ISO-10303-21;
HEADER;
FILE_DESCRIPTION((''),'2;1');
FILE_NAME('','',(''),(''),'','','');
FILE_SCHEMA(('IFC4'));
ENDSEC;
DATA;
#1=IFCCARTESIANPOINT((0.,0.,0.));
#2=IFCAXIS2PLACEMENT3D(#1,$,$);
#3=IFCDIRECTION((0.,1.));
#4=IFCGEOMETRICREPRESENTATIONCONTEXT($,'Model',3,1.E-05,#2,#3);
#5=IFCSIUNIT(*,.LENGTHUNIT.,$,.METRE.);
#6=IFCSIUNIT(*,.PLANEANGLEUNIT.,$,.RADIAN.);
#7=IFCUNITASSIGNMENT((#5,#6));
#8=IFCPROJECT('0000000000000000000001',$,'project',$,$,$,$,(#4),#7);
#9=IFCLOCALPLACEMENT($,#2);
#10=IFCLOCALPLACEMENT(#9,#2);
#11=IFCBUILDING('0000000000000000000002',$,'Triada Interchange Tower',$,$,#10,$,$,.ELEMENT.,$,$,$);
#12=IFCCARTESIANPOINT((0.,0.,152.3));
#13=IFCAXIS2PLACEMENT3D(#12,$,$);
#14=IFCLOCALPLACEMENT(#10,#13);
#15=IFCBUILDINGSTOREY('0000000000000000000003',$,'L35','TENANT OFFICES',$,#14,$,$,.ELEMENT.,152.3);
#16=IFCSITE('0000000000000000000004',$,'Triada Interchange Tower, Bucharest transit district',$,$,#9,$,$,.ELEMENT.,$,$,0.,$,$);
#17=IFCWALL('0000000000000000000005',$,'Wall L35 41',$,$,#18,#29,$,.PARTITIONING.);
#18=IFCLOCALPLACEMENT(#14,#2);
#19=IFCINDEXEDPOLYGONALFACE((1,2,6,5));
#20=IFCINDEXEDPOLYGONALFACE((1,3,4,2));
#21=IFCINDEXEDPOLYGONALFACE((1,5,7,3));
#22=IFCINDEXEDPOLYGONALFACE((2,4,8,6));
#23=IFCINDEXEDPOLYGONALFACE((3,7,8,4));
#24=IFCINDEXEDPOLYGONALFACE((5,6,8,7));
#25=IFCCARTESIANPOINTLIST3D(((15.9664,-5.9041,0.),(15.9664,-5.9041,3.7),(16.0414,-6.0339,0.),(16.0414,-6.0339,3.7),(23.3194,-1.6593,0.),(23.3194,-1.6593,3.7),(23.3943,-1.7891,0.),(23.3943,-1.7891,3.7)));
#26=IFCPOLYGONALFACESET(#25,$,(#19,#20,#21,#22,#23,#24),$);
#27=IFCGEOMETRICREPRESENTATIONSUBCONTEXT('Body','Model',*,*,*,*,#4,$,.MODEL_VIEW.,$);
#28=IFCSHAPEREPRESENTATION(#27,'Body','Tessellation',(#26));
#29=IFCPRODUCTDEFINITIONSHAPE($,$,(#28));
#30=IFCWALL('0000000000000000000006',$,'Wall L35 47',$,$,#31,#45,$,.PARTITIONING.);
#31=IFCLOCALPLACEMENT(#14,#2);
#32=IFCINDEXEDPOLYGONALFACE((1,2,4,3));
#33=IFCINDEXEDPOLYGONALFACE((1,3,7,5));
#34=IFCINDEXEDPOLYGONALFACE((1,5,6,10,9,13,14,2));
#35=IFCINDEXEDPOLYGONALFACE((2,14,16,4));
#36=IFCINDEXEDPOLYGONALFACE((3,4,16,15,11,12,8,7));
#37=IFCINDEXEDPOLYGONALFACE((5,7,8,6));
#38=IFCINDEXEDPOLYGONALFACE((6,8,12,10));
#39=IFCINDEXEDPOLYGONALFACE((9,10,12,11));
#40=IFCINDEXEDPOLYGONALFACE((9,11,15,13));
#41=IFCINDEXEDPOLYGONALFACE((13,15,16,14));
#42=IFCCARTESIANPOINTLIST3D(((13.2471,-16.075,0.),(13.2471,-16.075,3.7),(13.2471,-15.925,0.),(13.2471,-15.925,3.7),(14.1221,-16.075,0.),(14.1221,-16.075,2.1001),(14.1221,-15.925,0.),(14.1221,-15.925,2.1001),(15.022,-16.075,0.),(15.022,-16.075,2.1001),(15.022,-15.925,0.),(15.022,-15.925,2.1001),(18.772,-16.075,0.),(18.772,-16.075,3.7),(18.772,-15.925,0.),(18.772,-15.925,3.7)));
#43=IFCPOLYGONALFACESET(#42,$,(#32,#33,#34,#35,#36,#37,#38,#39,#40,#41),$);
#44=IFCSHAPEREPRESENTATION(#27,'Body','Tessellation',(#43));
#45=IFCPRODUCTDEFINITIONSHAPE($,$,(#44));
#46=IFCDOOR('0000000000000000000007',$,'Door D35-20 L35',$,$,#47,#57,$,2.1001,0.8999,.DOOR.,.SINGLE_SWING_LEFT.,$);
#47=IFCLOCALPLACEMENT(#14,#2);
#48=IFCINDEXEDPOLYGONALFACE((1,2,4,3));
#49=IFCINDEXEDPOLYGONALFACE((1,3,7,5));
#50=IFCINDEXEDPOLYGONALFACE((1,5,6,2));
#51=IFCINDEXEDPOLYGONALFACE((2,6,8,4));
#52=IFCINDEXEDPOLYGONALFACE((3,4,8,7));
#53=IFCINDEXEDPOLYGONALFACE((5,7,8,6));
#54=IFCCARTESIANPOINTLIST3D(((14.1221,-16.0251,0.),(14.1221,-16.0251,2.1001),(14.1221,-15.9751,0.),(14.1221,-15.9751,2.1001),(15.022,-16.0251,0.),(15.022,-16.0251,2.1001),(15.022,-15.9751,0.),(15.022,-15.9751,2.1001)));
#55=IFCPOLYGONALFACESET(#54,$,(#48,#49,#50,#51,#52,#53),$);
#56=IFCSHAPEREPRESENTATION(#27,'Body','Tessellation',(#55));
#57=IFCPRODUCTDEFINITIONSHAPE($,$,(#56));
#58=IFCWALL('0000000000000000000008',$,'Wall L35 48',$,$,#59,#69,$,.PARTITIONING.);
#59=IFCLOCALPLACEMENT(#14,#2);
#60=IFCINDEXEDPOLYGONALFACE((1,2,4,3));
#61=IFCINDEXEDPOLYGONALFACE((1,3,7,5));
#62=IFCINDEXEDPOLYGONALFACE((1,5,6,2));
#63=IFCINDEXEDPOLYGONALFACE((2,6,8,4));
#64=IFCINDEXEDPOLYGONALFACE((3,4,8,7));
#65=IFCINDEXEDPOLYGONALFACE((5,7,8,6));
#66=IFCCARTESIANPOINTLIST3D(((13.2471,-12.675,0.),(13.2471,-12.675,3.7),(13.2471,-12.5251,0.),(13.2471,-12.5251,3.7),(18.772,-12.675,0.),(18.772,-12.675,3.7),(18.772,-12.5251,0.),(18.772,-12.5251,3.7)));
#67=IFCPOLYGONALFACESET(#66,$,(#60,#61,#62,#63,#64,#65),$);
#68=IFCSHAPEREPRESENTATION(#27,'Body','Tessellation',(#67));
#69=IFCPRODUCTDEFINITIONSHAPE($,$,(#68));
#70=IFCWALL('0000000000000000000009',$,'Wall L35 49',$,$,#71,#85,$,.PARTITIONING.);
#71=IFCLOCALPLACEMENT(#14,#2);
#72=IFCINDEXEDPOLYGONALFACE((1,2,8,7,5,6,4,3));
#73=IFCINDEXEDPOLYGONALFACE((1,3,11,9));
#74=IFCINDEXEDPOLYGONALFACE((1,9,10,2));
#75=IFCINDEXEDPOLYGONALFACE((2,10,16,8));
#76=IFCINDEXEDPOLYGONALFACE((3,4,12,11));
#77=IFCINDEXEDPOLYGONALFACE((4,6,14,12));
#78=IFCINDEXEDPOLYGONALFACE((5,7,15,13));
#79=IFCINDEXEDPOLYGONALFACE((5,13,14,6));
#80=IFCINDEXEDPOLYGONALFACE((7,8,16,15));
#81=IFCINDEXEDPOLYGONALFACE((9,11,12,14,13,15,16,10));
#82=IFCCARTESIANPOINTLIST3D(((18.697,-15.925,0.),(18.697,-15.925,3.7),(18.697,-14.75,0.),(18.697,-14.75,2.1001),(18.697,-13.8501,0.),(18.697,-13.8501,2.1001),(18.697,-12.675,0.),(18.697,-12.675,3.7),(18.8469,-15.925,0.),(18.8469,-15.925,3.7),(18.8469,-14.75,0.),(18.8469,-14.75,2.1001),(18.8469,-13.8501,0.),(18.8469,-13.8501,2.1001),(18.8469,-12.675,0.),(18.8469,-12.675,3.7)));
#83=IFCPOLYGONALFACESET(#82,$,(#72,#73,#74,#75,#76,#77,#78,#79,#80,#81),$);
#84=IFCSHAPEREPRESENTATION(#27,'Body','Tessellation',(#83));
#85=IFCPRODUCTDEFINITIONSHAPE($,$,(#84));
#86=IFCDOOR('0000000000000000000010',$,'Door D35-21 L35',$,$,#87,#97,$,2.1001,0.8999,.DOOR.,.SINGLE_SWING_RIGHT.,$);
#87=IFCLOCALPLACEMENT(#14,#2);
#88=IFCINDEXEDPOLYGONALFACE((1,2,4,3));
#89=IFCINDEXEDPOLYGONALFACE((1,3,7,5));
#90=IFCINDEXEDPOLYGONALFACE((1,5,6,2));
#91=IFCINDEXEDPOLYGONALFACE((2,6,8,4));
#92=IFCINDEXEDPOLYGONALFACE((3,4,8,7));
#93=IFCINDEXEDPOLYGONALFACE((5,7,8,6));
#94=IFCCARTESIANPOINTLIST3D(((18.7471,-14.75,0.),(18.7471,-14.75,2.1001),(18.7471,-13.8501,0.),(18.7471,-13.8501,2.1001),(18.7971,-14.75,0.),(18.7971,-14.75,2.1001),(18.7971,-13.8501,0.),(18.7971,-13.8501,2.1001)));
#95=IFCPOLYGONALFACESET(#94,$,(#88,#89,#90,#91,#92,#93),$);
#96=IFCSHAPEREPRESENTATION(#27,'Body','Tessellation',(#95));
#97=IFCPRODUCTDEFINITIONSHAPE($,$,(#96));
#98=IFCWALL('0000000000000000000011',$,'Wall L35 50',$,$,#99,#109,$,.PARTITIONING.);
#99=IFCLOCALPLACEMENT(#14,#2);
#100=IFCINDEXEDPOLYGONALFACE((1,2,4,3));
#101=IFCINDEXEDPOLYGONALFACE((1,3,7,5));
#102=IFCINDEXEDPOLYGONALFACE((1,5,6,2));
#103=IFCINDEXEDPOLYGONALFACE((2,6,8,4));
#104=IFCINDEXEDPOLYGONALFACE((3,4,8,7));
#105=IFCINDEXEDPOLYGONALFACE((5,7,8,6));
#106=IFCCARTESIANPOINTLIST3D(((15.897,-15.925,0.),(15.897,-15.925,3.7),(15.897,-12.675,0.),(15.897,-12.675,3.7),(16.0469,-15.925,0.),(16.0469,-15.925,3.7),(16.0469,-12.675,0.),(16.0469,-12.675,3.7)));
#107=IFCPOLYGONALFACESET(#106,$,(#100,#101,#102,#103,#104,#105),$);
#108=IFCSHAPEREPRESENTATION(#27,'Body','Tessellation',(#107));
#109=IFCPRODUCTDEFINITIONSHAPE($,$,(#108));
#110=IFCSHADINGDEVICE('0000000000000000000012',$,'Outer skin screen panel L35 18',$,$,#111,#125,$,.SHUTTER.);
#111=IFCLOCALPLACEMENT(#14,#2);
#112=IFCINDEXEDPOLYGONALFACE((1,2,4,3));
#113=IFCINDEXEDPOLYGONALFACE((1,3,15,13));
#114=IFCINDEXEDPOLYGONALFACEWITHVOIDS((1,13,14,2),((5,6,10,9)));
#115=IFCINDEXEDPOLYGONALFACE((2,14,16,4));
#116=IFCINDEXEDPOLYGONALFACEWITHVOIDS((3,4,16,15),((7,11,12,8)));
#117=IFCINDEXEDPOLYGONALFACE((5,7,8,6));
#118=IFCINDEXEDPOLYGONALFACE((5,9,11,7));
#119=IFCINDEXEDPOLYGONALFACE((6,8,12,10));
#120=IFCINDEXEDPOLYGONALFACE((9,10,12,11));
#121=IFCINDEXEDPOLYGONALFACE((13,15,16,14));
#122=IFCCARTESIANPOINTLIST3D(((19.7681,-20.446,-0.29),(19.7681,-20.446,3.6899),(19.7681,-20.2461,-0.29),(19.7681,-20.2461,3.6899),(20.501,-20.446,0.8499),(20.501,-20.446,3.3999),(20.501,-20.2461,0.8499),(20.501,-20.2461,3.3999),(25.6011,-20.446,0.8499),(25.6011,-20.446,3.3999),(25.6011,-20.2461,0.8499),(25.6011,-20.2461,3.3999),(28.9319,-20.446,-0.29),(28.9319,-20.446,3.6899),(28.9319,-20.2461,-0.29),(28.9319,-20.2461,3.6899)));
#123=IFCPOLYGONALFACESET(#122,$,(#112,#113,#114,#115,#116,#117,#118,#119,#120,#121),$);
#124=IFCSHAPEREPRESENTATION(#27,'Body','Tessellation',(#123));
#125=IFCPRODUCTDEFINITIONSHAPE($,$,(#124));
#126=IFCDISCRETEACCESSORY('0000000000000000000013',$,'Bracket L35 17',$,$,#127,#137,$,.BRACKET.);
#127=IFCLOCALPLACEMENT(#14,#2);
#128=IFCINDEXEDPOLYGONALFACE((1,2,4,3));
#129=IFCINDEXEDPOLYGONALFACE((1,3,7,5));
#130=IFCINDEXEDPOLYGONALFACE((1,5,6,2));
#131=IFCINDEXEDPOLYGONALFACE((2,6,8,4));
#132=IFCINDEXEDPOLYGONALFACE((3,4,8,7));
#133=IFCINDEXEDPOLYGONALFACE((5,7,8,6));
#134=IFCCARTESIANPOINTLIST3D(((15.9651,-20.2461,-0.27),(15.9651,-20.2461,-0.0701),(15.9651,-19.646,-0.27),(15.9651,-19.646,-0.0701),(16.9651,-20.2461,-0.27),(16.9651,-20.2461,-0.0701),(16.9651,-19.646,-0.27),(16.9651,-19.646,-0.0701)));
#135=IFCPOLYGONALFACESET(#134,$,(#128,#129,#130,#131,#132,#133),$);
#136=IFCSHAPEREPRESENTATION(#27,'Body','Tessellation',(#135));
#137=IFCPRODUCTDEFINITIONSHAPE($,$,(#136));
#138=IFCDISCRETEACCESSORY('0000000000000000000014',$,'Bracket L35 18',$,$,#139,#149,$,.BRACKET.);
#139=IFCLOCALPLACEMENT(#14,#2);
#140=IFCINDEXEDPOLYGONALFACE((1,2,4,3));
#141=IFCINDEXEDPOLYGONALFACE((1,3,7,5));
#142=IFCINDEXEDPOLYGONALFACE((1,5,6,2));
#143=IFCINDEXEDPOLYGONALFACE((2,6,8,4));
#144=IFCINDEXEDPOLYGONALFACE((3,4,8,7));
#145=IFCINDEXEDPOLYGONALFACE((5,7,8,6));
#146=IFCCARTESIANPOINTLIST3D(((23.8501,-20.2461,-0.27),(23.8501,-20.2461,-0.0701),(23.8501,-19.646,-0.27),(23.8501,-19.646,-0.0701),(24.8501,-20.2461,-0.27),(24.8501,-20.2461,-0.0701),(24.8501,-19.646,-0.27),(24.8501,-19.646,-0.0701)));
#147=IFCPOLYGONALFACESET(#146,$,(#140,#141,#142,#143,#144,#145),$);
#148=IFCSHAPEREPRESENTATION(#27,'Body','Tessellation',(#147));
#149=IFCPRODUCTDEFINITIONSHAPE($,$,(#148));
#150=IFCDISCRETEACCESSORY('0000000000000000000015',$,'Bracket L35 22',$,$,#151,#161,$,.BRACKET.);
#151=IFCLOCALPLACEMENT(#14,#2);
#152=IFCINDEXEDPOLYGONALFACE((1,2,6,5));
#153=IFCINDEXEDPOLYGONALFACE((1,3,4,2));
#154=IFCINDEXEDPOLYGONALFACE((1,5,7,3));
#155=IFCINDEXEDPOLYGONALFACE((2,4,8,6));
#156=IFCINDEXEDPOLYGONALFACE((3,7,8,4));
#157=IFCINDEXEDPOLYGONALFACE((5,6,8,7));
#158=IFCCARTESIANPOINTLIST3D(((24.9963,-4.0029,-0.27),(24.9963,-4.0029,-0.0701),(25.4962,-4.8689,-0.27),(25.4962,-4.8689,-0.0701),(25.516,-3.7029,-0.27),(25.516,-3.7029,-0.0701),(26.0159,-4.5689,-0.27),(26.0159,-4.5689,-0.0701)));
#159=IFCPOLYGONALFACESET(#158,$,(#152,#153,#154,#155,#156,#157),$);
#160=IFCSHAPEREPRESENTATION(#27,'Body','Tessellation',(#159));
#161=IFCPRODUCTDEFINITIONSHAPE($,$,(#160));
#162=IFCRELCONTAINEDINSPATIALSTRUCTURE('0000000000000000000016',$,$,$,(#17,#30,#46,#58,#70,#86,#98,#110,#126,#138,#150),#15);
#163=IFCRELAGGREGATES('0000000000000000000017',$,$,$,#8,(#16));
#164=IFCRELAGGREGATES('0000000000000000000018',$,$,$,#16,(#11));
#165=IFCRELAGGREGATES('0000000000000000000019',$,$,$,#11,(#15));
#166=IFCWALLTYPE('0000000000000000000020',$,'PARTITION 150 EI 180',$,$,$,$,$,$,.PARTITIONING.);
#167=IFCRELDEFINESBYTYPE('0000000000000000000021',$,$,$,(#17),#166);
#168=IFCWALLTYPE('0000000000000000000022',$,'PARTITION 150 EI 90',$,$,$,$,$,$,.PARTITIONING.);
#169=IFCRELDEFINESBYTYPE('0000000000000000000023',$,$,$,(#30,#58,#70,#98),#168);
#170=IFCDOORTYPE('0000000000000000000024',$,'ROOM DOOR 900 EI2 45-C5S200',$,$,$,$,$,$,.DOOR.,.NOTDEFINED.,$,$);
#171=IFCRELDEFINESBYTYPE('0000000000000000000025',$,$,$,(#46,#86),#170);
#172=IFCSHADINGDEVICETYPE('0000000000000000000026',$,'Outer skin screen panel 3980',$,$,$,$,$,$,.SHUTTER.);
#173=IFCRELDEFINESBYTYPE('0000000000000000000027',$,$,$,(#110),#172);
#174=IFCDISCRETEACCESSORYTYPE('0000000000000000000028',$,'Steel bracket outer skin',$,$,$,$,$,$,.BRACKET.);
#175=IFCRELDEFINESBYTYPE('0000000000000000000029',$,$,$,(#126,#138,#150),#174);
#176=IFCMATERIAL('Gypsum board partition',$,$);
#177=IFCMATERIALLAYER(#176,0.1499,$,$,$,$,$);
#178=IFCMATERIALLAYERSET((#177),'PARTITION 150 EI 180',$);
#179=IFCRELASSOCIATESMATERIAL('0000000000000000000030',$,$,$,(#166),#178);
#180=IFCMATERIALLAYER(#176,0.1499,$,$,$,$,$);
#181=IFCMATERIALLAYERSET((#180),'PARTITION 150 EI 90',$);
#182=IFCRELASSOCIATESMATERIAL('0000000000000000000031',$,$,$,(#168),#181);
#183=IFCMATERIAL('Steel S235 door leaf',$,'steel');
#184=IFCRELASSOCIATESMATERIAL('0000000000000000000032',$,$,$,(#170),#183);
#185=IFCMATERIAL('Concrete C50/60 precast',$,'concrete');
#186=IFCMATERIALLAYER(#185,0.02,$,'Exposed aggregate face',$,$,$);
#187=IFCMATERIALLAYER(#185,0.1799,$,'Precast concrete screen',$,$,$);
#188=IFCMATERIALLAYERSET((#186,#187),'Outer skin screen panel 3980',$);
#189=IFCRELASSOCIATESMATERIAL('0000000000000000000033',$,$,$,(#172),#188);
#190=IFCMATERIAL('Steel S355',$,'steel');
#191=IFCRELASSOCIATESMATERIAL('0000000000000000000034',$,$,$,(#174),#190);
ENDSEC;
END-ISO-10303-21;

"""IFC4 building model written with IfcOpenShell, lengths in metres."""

from ifc_helpers import new_model, si_unit, direction, frame, frame_2d, origin, origin_2d, place, context, subcontext, project, spatial, polyline, rectangle, outline, extrude, material, layer, layer_set, type_object, element, fill, save


model = new_model("IFC4")

# Units and contexts
model_context = context("Model", 3, precision=1e-05, world=origin(), true_north=direction((0.0, 1.0)))
body_context = subcontext(model_context, "Body", "Model", "MODEL_VIEW")
ifc_project = project(units=[si_unit("LENGTHUNIT", "METRE"), si_unit("PLANEANGLEUNIT", "RADIAN")], contexts=[model_context])

# Site, building, storey
site_placement = place(None, origin())
site = spatial("IfcSite", under=ifc_project, at=site_placement, Name="Triada Interchange Tower, Bucharest transit district", CompositionType="ELEMENT", RefElevation=0.0)
building_placement = place(site_placement, origin())
building = spatial("IfcBuilding", under=site, at=building_placement, Name="Triada Interchange Tower", CompositionType="ELEMENT")
storey_placement = place(building_placement, frame((0.0, 0.0, 152.3)))
storey = spatial("IfcBuildingStorey", under=building, at=storey_placement, Name="L35", Description="TENANT OFFICES", CompositionType="ELEMENT", Elevation=152.3)

# Wall
ifc_material_1 = material(Name="Gypsum board partition")
ifc_layer_1 = layer(ifc_material_1, 0.1499)
ifc_layer_set_1 = layer_set([ifc_layer_1], Name="PARTITION 150 EI 180")
wall_type_1 = type_object("IfcWallType", Name="PARTITION 150 EI 180", PredefinedType="PARTITIONING", material=ifc_layer_set_1)
wall_1_placement = place(storey_placement, frame((16.0039, -5.969, 0.0), z_axis=(0.0, 0.0, 1.0), x_axis=(0.866046, 0.499965, 0.0)))
element("IfcWall", 1, at=wall_1_placement, inside=storey, type_object=wall_type_1, Name="Wall L35 41", PredefinedType="PARTITIONING", context=body_context, shape_type="SweptSolid", body=[
    extrude(rectangle(XDim=8.4902, YDim=0.1499, at=frame_2d((4.2451, 0.0))), origin(), (0.0, 0.0, 1.0), 3.7),
])

# Wall, opening, door
ifc_layer_2 = layer(ifc_material_1, 0.1499)
ifc_layer_set_2 = layer_set([ifc_layer_2], Name="PARTITION 150 EI 90")
wall_type_2 = type_object("IfcWallType", Name="PARTITION 150 EI 90", PredefinedType="PARTITIONING", material=ifc_layer_set_2)
wall_2_placement = place(storey_placement, frame((13.2471, -16.0, 0.0), z_axis=(0.0, 0.0, 1.0), x_axis=(1.0, 0.0, 0.0)))
wall_2 = element("IfcWall", 2, at=wall_2_placement, inside=storey, type_object=wall_type_2, Name="Wall L35 47", PredefinedType="PARTITIONING", context=body_context, shape_type="SweptSolid", body=[
    extrude(rectangle(XDim=5.5249, YDim=0.1499, at=frame_2d((2.7625, 0.0))), origin(), (0.0, 0.0, 1.0), 3.7),
])
opening_1_placement = place(wall_2_placement, frame((0.875, 0.0, 0.0)))
opening_1 = element("IfcOpeningElement", 3, at=opening_1_placement, cuts=wall_2, PredefinedType="OPENING", context=body_context, shape_type="SweptSolid", body=[
    extrude(rectangle(XDim=0.8999, YDim=2.1001, at=frame_2d((0.45, 1.05))), frame((0.0, 0.085, 0.0), z_axis=(0.0, -1.0, 0.0), x_axis=(1.0, 0.0, 0.0)), (0.0, 0.0, 1.0), 0.1699),
])
ifc_material_2 = material(Name="Steel S235 door leaf", Category="steel")
door_type = type_object("IfcDoorType", Name="ROOM DOOR 900 EI2 45-C5S200", OperationType="NOTDEFINED", PredefinedType="DOOR", material=ifc_material_2)
door_1_placement = place(opening_1_placement, origin())
door_1 = element("IfcDoor", 4, at=door_1_placement, inside=storey, type_object=door_type, Name="Door D35-20 L35", OperationType="SINGLE_SWING_LEFT", OverallHeight=2.1001, OverallWidth=0.8999, PredefinedType="DOOR", context=body_context, shape_type="SweptSolid", body=[
    extrude(rectangle(XDim=0.8999, YDim=2.1001, at=frame_2d((0.45, 1.05))), frame((0.0, 0.0249, 0.0), z_axis=(0.0, -1.0, 0.0), x_axis=(1.0, 0.0, 0.0)), (0.0, 0.0, 1.0), 0.05),
])
fill(opening_1, door_1)

# Wall
wall_3_placement = place(storey_placement, frame((13.2471, -12.6001, 0.0), z_axis=(0.0, 0.0, 1.0), x_axis=(1.0, 0.0, 0.0)))
element("IfcWall", 5, at=wall_3_placement, inside=storey, type_object=wall_type_2, Name="Wall L35 48", PredefinedType="PARTITIONING", context=body_context, shape_type="SweptSolid", body=[
    extrude(rectangle(XDim=5.5249, YDim=0.1499, at=frame_2d((2.7625, 0.0))), origin(), (0.0, 0.0, 1.0), 3.7),
])

# Wall, opening, door
wall_4_placement = place(storey_placement, frame((18.772, -15.925, 0.0), z_axis=(0.0, 0.0, 1.0), x_axis=(0.0, 1.0, 0.0)))
wall_4 = element("IfcWall", 6, at=wall_4_placement, inside=storey, type_object=wall_type_2, Name="Wall L35 49", PredefinedType="PARTITIONING", context=body_context, shape_type="SweptSolid", body=[
    extrude(rectangle(XDim=3.25, YDim=0.1499, at=frame_2d((1.625, 0.0))), origin(), (0.0, 0.0, 1.0), 3.7),
])
opening_2_placement = place(wall_4_placement, frame((1.175, 0.0, 0.0)))
opening_2 = element("IfcOpeningElement", 7, at=opening_2_placement, cuts=wall_4, PredefinedType="OPENING", context=body_context, shape_type="SweptSolid", body=[
    extrude(rectangle(XDim=0.8999, YDim=2.1001, at=frame_2d((0.45, 1.05))), frame((0.0, 0.085, 0.0), z_axis=(0.0, -1.0, 0.0), x_axis=(1.0, 0.0, 0.0)), (0.0, 0.0, 1.0), 0.1699),
])
door_2_placement = place(opening_2_placement, origin())
door_2 = element("IfcDoor", 8, at=door_2_placement, inside=storey, type_object=door_type, Name="Door D35-21 L35", OperationType="SINGLE_SWING_RIGHT", OverallHeight=2.1001, OverallWidth=0.8999, PredefinedType="DOOR", context=body_context, shape_type="SweptSolid", body=[
    extrude(rectangle(XDim=0.8999, YDim=2.1001, at=frame_2d((0.45, 1.05))), frame((0.0, 0.0249, 0.0), z_axis=(0.0, -1.0, 0.0), x_axis=(1.0, 0.0, 0.0)), (0.0, 0.0, 1.0), 0.05),
])
fill(opening_2, door_2)

# Wall
wall_5_placement = place(storey_placement, frame((15.9719, -15.925, 0.0), z_axis=(0.0, 0.0, 1.0), x_axis=(0.0, 1.0, 0.0)))
element("IfcWall", 9, at=wall_5_placement, inside=storey, type_object=wall_type_2, Name="Wall L35 50", PredefinedType="PARTITIONING", context=body_context, shape_type="SweptSolid", body=[
    extrude(rectangle(XDim=3.25, YDim=0.1499, at=frame_2d((1.625, 0.0))), origin(), (0.0, 0.0, 1.0), 3.7),
])

# Shading device
ifc_material_3 = material(Name="Concrete C50/60 precast", Category="concrete")
ifc_layer_3 = layer(ifc_material_3, 0.02, Name="Exposed aggregate face")
ifc_layer_4 = layer(ifc_material_3, 0.1799, Name="Precast concrete screen")
ifc_layer_set_3 = layer_set([ifc_layer_3, ifc_layer_4], Name="Outer skin screen panel 3980")
shading_device_type = type_object("IfcShadingDeviceType", Name="Outer skin screen panel 3980", PredefinedType="SHUTTER", material=ifc_layer_set_3)
shading_device_placement = place(storey_placement, frame((19.7681, -20.2461, -0.29), z_axis=(0.0, 0.0, 1.0), x_axis=(1.0, 0.0, 0.0)))
element("IfcShadingDevice", 10, at=shading_device_placement, inside=storey, type_object=shading_device_type, Name="Outer skin screen panel L35 18", PredefinedType="SHUTTER", context=body_context, shape_type="SweptSolid", body=[
    extrude(outline(polyline([(0.0, 0.0), (9.1638, 0.0), (9.1638, 3.98), (0.0, 3.98), (0.0, 0.0)]), holes=[polyline([(0.7329, 1.1399), (0.7329, 3.6899), (5.833, 3.6899), (5.833, 1.1399), (0.7329, 1.1399)])]), frame((0.0, 0.0, 0.0), z_axis=(0.0, -1.0, 0.0), x_axis=(1.0, 0.0, 0.0)), (0.0, 0.0, 1.0), 0.2),
])

# Discrete accessories
ifc_material_4 = material(Name="Steel S355", Category="steel")
discrete_accessory_type = type_object("IfcDiscreteAccessoryType", Name="Steel bracket outer skin", PredefinedType="BRACKET", material=ifc_material_4)
for number, where, z_axis, x_axis, name in (
    (11, (16.4651, -19.946, -0.27), (0.0, 0.0, 1.0), (0.0, -1.0, 0.0), "Bracket L35 17"),
    (12, (24.3501, -19.946, -0.27), (0.0, 0.0, 1.0), (0.0, -1.0, 0.0), "Bracket L35 18"),
    (13, (25.5061, -4.2859, -0.27), (0.0, 0.0, 1.0), (0.866036, 0.499982, 0.0), "Bracket L35 22"),
):
    element("IfcDiscreteAccessory", number, at=place(storey_placement, frame(where, z_axis=z_axis, x_axis=x_axis)), inside=storey, type_object=discrete_accessory_type, Name=name, PredefinedType="BRACKET", context=body_context, shape_type="SweptSolid", body=[
        extrude(rectangle(XDim=0.6001, YDim=1.0, at=origin_2d()), origin(), (0.0, 0.0, 1.0), 0.2),
    ])

save(model, "model.ifc")
